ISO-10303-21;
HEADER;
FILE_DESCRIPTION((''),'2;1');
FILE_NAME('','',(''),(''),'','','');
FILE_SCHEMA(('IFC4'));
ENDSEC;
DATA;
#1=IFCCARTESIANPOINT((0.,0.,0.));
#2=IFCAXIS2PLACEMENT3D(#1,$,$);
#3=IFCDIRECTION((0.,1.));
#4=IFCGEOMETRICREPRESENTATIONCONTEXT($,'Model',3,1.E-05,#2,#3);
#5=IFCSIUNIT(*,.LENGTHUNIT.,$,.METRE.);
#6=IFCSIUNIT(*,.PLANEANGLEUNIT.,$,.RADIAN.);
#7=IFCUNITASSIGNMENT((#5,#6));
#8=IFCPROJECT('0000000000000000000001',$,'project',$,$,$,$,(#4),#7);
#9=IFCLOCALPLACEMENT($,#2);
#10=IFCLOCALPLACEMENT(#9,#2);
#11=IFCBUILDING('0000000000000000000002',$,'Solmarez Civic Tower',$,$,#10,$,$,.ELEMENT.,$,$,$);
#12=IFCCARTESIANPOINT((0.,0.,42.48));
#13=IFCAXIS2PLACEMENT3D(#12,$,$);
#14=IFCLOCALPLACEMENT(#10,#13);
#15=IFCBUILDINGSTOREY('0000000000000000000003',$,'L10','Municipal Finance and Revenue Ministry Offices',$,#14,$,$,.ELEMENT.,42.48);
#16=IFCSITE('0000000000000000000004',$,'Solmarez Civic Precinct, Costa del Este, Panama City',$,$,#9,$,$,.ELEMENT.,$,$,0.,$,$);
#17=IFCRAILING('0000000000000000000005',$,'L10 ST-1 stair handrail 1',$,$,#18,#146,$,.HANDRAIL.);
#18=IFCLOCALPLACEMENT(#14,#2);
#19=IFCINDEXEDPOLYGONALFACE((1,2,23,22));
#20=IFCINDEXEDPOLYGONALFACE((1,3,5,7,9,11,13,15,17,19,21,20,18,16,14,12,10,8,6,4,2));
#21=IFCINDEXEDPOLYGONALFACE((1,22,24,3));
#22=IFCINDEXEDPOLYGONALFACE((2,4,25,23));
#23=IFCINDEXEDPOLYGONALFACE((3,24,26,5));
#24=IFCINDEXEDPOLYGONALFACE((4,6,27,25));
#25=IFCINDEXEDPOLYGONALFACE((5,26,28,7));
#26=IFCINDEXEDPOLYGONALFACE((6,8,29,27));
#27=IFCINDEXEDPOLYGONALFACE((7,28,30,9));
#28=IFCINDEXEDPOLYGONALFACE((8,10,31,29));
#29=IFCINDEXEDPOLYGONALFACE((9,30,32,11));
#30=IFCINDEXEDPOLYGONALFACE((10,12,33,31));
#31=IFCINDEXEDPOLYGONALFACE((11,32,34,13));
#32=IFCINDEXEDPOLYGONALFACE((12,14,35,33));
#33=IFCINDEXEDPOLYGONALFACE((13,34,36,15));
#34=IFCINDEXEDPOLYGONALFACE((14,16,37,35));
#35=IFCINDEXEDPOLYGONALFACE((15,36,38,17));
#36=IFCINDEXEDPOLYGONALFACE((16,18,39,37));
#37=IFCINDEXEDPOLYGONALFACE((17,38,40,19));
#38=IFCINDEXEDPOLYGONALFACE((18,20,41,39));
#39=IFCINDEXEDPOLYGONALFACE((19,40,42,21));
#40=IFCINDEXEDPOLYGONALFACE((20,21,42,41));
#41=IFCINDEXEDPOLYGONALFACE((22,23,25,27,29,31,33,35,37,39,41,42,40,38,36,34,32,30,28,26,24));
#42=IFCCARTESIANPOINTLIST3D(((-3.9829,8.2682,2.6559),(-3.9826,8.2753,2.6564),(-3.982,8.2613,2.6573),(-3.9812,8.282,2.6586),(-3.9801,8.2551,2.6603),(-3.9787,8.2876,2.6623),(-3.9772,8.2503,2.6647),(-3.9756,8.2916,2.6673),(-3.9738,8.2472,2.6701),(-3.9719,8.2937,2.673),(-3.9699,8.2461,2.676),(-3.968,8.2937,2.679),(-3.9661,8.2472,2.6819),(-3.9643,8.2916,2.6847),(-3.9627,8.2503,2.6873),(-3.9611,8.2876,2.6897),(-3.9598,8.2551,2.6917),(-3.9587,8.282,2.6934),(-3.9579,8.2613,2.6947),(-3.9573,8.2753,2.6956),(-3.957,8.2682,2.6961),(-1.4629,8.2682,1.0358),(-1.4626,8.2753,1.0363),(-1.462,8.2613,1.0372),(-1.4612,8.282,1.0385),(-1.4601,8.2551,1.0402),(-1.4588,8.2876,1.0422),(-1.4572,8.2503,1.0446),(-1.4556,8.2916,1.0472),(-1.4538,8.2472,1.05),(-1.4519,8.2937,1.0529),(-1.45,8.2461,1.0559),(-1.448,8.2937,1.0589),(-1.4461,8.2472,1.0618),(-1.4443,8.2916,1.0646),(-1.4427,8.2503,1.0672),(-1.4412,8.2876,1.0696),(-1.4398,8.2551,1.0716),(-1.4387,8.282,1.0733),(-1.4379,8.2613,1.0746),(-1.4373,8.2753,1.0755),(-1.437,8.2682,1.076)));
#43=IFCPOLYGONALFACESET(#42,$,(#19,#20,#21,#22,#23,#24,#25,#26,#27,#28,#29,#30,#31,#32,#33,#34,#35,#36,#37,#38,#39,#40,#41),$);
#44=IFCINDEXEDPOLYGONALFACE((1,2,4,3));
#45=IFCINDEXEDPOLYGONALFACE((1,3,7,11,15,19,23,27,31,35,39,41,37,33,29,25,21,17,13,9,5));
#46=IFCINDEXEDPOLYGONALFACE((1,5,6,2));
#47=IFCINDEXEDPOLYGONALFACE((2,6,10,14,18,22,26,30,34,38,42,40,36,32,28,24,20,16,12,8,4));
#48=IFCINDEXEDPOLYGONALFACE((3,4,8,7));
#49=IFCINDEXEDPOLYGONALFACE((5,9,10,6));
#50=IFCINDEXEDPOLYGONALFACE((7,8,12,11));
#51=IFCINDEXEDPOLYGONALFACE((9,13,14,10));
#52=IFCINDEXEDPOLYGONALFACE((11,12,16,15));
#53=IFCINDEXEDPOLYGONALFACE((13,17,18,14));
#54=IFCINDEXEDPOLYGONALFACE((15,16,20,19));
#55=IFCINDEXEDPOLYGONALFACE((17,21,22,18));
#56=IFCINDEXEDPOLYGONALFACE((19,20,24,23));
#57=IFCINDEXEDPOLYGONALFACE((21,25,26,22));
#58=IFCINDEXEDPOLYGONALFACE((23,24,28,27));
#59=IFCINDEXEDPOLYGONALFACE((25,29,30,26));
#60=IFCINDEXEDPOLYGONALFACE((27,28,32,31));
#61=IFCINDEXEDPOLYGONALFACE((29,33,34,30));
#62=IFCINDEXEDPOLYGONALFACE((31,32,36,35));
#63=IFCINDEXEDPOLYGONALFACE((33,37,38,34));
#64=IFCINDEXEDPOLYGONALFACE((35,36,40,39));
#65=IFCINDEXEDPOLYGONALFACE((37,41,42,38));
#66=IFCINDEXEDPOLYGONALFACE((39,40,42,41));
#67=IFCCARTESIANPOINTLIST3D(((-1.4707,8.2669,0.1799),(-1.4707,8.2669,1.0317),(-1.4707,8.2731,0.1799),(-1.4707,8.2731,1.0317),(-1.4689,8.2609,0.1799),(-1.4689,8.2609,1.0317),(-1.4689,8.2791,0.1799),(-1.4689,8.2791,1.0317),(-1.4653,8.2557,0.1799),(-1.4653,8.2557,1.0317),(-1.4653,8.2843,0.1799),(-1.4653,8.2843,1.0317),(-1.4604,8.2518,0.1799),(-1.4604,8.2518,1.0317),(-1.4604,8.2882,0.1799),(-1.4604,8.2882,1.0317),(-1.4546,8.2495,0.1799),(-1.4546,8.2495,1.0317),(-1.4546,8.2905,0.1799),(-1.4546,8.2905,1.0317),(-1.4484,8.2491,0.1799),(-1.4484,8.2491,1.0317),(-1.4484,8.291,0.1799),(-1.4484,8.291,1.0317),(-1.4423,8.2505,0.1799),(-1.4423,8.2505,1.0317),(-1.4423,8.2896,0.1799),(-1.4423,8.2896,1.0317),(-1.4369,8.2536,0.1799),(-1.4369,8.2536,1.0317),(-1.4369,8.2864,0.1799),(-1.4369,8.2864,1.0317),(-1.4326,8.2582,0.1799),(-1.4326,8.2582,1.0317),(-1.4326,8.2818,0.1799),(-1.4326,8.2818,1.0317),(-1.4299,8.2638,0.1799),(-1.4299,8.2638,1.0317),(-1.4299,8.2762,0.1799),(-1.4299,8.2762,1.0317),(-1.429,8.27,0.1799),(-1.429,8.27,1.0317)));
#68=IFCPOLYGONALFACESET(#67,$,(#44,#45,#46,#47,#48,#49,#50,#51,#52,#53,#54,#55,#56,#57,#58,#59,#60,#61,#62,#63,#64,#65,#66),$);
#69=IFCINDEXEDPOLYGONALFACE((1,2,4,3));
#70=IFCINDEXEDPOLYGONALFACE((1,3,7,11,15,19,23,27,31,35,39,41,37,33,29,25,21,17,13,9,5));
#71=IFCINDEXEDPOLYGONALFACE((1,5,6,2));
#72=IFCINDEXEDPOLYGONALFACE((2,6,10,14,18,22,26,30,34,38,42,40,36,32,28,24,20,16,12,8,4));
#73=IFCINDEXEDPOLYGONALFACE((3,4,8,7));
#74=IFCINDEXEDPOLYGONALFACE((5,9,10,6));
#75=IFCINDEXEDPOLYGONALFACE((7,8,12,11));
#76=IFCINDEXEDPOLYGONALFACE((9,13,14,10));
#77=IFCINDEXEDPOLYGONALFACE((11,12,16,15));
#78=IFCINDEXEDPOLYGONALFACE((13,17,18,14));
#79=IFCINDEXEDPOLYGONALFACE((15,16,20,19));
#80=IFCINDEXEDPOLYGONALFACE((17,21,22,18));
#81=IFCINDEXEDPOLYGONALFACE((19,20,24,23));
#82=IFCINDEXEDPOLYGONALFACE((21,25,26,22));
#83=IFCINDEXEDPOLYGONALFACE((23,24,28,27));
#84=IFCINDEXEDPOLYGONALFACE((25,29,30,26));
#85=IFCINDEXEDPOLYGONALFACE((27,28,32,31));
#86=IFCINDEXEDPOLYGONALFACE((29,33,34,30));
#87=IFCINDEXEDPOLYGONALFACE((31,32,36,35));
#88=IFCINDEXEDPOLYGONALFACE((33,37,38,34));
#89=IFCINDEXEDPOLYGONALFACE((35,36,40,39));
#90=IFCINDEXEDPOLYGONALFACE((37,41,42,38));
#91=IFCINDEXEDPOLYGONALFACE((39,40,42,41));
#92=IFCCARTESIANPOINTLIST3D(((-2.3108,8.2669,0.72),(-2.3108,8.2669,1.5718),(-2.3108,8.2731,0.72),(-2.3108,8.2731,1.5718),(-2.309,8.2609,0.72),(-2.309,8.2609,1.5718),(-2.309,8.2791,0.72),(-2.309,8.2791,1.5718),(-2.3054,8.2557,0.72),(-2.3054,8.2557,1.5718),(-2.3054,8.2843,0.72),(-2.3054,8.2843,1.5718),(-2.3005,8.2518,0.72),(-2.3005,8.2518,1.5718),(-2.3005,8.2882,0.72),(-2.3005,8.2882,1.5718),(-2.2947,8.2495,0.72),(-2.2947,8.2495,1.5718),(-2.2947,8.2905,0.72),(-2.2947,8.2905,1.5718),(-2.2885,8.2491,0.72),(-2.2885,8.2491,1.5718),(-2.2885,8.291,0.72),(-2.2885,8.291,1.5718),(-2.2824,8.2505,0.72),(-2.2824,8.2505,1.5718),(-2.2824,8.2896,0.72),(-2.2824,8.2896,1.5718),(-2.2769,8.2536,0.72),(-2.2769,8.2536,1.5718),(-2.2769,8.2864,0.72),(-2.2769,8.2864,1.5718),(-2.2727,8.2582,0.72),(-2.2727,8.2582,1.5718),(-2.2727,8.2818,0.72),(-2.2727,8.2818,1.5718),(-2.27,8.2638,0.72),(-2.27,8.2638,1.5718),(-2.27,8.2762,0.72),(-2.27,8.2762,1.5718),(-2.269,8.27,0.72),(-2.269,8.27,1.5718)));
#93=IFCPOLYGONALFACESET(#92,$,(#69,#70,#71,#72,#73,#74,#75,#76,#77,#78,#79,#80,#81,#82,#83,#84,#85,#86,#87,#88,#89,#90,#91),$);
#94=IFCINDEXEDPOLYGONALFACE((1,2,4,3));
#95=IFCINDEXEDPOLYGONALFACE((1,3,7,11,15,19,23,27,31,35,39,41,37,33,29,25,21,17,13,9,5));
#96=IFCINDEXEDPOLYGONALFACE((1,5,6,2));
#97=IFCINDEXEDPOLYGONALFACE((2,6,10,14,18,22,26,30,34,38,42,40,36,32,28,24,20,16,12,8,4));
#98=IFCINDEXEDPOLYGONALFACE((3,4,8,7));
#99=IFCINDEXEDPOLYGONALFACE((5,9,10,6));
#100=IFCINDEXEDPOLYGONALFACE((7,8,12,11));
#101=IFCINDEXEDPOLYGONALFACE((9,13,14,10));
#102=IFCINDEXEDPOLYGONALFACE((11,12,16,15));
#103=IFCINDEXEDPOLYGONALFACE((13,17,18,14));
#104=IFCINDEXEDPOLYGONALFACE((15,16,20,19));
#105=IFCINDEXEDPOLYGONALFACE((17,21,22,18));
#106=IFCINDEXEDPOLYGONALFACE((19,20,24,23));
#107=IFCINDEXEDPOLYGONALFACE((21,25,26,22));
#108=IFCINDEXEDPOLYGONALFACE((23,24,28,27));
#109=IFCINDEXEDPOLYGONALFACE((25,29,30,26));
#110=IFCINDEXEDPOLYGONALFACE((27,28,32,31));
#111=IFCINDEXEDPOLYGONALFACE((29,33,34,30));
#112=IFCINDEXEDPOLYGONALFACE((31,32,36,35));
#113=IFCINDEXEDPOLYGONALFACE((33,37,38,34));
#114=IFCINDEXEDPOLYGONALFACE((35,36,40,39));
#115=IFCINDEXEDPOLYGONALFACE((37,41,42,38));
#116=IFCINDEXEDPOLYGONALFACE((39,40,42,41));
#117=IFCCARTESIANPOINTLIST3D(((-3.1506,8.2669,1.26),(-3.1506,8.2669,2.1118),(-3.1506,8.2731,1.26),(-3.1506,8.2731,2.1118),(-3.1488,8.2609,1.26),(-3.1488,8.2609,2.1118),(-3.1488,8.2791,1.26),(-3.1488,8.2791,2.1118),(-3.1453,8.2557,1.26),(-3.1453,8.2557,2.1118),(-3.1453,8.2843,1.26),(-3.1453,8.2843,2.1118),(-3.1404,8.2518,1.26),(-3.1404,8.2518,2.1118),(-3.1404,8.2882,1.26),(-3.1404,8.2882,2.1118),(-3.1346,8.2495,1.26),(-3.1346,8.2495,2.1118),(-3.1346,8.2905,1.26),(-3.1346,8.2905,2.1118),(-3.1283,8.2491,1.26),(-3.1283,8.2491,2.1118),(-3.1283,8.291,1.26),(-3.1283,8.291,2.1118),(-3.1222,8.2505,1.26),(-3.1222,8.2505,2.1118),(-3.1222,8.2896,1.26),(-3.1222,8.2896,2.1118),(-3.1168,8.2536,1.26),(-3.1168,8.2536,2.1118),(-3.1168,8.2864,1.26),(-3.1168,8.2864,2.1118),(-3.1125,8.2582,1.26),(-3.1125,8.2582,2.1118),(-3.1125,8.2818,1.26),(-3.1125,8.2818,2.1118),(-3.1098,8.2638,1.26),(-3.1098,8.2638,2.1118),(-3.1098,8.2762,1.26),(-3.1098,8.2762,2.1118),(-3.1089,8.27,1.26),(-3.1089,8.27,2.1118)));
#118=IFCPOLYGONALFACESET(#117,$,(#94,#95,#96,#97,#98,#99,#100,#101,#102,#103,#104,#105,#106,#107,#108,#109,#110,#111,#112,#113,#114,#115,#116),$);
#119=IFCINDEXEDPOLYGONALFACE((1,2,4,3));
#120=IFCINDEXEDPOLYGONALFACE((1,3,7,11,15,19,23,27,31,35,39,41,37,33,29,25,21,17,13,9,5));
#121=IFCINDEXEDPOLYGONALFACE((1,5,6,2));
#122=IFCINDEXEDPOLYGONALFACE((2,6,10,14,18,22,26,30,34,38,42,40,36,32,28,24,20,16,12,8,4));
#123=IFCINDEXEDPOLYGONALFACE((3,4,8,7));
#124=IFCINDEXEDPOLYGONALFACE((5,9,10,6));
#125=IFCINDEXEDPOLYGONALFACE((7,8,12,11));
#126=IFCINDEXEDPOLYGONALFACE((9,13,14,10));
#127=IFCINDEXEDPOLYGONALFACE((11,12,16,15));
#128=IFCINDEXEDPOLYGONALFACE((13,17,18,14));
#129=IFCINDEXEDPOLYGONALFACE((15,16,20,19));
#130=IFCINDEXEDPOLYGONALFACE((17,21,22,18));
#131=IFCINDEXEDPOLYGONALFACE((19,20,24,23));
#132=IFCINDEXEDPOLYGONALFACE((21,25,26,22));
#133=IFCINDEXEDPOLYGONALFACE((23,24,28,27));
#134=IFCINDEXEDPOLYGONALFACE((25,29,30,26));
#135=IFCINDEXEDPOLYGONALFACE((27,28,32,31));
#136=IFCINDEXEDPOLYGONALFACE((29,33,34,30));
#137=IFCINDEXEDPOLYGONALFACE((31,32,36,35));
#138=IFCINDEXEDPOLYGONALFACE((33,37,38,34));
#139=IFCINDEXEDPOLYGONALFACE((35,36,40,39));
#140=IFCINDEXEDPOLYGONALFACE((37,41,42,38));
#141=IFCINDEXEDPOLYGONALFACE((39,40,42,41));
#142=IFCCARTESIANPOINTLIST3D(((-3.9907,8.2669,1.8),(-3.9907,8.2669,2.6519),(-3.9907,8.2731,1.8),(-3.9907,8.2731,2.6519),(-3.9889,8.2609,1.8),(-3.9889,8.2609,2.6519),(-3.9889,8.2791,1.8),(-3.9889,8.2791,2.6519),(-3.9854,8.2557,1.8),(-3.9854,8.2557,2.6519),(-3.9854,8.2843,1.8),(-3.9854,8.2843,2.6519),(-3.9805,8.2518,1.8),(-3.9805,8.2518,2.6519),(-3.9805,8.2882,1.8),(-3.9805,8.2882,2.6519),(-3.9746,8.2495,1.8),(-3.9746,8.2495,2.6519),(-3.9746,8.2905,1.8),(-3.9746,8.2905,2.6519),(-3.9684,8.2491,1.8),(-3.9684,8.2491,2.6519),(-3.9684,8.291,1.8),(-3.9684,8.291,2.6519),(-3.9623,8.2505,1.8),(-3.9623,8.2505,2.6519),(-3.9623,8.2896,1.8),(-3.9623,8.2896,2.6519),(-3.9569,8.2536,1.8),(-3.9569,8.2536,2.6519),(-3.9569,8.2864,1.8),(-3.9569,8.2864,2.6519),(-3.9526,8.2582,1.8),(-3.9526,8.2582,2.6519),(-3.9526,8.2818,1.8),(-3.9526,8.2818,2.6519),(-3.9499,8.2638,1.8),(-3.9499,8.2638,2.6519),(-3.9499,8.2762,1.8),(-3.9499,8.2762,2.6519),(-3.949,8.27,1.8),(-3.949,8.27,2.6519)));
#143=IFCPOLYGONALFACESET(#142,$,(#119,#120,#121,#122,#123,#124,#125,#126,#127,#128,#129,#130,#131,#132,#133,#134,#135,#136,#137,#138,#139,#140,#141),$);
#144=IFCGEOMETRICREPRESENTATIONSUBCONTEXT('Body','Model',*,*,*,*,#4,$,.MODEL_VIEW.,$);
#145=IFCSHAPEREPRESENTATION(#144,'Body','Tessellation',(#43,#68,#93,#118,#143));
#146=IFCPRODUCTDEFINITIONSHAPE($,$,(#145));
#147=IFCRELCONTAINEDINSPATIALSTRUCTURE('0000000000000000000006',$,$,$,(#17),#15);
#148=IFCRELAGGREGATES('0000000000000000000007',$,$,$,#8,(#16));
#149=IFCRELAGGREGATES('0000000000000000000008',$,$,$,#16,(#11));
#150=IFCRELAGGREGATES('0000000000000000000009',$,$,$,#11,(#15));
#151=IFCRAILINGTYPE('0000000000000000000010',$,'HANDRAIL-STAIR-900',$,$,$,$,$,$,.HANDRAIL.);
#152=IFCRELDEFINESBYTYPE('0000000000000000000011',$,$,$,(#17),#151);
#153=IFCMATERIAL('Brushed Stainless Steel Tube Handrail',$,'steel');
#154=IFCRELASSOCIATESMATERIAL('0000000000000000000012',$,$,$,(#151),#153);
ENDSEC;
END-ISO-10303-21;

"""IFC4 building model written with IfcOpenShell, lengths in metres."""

from ifc_helpers import new_model, si_unit, direction, frame, origin, origin_2d, place, context, subcontext, project, spatial, circle, extrude, material, type_object, element, save


model = new_model("IFC4")

# Units and contexts
model_context = context("Model", 3, precision=1e-05, world=origin(), true_north=direction((0.0, 1.0)))
body_context = subcontext(model_context, "Body", "Model", "MODEL_VIEW")
ifc_project = project(units=[si_unit("LENGTHUNIT", "METRE"), si_unit("PLANEANGLEUNIT", "RADIAN")], contexts=[model_context])

# Site, building, storey
site_placement = place(None, origin())
site = spatial("IfcSite", under=ifc_project, at=site_placement, Name="Solmarez Civic Precinct, Costa del Este, Panama City", CompositionType="ELEMENT", RefElevation=0.0)
building_placement = place(site_placement, origin())
building = spatial("IfcBuilding", under=site, at=building_placement, Name="Solmarez Civic Tower", CompositionType="ELEMENT")
storey_placement = place(building_placement, frame((0.0, 0.0, 42.48)))
storey = spatial("IfcBuildingStorey", under=building, at=storey_placement, Name="L10", Description="Municipal Finance and Revenue Ministry Offices", CompositionType="ELEMENT", Elevation=42.48)

# Railing
ifc_material_1 = material(Name="Brushed Stainless Steel Tube Handrail", Category="steel")
railing_type_1 = type_object("IfcRailingType", Name="HANDRAIL-STAIR-900", PredefinedType="HANDRAIL", material=ifc_material_1)
railing_1_placement = place(storey_placement, frame((-1.45, 8.27, 0.1799)))
element("IfcRailing", 1, at=railing_1_placement, inside=storey, type_object=railing_type_1, Name="L10 ST-1 stair handrail 1", PredefinedType="HANDRAIL", context=body_context, shape_type="SweptSolid", body=[
    extrude(circle(Radius=0.0239, at=origin_2d()), frame((0.0, 0.0, 0.876), z_axis=(-0.841163, 0.0, 0.540782), x_axis=(0.0, -1.0, 0.0)), (0.0, 0.0, 1.0), 2.9958),
    extrude(circle(Radius=0.021, at=origin_2d()), origin(), (0.0, 0.0, 1.0), 0.8518),
    extrude(circle(Radius=0.021, at=origin_2d()), frame((-0.8401, 0.0, 0.54)), (0.0, 0.0, 1.0), 0.8518),
    extrude(circle(Radius=0.021, at=origin_2d()), frame((-1.6799, 0.0, 1.0801)), (0.0, 0.0, 1.0), 0.8518),
    extrude(circle(Radius=0.021, at=origin_2d()), frame((-2.52, 0.0, 1.6201)), (0.0, 0.0, 1.0), 0.8518),
])

save(model, "model.ifc")
